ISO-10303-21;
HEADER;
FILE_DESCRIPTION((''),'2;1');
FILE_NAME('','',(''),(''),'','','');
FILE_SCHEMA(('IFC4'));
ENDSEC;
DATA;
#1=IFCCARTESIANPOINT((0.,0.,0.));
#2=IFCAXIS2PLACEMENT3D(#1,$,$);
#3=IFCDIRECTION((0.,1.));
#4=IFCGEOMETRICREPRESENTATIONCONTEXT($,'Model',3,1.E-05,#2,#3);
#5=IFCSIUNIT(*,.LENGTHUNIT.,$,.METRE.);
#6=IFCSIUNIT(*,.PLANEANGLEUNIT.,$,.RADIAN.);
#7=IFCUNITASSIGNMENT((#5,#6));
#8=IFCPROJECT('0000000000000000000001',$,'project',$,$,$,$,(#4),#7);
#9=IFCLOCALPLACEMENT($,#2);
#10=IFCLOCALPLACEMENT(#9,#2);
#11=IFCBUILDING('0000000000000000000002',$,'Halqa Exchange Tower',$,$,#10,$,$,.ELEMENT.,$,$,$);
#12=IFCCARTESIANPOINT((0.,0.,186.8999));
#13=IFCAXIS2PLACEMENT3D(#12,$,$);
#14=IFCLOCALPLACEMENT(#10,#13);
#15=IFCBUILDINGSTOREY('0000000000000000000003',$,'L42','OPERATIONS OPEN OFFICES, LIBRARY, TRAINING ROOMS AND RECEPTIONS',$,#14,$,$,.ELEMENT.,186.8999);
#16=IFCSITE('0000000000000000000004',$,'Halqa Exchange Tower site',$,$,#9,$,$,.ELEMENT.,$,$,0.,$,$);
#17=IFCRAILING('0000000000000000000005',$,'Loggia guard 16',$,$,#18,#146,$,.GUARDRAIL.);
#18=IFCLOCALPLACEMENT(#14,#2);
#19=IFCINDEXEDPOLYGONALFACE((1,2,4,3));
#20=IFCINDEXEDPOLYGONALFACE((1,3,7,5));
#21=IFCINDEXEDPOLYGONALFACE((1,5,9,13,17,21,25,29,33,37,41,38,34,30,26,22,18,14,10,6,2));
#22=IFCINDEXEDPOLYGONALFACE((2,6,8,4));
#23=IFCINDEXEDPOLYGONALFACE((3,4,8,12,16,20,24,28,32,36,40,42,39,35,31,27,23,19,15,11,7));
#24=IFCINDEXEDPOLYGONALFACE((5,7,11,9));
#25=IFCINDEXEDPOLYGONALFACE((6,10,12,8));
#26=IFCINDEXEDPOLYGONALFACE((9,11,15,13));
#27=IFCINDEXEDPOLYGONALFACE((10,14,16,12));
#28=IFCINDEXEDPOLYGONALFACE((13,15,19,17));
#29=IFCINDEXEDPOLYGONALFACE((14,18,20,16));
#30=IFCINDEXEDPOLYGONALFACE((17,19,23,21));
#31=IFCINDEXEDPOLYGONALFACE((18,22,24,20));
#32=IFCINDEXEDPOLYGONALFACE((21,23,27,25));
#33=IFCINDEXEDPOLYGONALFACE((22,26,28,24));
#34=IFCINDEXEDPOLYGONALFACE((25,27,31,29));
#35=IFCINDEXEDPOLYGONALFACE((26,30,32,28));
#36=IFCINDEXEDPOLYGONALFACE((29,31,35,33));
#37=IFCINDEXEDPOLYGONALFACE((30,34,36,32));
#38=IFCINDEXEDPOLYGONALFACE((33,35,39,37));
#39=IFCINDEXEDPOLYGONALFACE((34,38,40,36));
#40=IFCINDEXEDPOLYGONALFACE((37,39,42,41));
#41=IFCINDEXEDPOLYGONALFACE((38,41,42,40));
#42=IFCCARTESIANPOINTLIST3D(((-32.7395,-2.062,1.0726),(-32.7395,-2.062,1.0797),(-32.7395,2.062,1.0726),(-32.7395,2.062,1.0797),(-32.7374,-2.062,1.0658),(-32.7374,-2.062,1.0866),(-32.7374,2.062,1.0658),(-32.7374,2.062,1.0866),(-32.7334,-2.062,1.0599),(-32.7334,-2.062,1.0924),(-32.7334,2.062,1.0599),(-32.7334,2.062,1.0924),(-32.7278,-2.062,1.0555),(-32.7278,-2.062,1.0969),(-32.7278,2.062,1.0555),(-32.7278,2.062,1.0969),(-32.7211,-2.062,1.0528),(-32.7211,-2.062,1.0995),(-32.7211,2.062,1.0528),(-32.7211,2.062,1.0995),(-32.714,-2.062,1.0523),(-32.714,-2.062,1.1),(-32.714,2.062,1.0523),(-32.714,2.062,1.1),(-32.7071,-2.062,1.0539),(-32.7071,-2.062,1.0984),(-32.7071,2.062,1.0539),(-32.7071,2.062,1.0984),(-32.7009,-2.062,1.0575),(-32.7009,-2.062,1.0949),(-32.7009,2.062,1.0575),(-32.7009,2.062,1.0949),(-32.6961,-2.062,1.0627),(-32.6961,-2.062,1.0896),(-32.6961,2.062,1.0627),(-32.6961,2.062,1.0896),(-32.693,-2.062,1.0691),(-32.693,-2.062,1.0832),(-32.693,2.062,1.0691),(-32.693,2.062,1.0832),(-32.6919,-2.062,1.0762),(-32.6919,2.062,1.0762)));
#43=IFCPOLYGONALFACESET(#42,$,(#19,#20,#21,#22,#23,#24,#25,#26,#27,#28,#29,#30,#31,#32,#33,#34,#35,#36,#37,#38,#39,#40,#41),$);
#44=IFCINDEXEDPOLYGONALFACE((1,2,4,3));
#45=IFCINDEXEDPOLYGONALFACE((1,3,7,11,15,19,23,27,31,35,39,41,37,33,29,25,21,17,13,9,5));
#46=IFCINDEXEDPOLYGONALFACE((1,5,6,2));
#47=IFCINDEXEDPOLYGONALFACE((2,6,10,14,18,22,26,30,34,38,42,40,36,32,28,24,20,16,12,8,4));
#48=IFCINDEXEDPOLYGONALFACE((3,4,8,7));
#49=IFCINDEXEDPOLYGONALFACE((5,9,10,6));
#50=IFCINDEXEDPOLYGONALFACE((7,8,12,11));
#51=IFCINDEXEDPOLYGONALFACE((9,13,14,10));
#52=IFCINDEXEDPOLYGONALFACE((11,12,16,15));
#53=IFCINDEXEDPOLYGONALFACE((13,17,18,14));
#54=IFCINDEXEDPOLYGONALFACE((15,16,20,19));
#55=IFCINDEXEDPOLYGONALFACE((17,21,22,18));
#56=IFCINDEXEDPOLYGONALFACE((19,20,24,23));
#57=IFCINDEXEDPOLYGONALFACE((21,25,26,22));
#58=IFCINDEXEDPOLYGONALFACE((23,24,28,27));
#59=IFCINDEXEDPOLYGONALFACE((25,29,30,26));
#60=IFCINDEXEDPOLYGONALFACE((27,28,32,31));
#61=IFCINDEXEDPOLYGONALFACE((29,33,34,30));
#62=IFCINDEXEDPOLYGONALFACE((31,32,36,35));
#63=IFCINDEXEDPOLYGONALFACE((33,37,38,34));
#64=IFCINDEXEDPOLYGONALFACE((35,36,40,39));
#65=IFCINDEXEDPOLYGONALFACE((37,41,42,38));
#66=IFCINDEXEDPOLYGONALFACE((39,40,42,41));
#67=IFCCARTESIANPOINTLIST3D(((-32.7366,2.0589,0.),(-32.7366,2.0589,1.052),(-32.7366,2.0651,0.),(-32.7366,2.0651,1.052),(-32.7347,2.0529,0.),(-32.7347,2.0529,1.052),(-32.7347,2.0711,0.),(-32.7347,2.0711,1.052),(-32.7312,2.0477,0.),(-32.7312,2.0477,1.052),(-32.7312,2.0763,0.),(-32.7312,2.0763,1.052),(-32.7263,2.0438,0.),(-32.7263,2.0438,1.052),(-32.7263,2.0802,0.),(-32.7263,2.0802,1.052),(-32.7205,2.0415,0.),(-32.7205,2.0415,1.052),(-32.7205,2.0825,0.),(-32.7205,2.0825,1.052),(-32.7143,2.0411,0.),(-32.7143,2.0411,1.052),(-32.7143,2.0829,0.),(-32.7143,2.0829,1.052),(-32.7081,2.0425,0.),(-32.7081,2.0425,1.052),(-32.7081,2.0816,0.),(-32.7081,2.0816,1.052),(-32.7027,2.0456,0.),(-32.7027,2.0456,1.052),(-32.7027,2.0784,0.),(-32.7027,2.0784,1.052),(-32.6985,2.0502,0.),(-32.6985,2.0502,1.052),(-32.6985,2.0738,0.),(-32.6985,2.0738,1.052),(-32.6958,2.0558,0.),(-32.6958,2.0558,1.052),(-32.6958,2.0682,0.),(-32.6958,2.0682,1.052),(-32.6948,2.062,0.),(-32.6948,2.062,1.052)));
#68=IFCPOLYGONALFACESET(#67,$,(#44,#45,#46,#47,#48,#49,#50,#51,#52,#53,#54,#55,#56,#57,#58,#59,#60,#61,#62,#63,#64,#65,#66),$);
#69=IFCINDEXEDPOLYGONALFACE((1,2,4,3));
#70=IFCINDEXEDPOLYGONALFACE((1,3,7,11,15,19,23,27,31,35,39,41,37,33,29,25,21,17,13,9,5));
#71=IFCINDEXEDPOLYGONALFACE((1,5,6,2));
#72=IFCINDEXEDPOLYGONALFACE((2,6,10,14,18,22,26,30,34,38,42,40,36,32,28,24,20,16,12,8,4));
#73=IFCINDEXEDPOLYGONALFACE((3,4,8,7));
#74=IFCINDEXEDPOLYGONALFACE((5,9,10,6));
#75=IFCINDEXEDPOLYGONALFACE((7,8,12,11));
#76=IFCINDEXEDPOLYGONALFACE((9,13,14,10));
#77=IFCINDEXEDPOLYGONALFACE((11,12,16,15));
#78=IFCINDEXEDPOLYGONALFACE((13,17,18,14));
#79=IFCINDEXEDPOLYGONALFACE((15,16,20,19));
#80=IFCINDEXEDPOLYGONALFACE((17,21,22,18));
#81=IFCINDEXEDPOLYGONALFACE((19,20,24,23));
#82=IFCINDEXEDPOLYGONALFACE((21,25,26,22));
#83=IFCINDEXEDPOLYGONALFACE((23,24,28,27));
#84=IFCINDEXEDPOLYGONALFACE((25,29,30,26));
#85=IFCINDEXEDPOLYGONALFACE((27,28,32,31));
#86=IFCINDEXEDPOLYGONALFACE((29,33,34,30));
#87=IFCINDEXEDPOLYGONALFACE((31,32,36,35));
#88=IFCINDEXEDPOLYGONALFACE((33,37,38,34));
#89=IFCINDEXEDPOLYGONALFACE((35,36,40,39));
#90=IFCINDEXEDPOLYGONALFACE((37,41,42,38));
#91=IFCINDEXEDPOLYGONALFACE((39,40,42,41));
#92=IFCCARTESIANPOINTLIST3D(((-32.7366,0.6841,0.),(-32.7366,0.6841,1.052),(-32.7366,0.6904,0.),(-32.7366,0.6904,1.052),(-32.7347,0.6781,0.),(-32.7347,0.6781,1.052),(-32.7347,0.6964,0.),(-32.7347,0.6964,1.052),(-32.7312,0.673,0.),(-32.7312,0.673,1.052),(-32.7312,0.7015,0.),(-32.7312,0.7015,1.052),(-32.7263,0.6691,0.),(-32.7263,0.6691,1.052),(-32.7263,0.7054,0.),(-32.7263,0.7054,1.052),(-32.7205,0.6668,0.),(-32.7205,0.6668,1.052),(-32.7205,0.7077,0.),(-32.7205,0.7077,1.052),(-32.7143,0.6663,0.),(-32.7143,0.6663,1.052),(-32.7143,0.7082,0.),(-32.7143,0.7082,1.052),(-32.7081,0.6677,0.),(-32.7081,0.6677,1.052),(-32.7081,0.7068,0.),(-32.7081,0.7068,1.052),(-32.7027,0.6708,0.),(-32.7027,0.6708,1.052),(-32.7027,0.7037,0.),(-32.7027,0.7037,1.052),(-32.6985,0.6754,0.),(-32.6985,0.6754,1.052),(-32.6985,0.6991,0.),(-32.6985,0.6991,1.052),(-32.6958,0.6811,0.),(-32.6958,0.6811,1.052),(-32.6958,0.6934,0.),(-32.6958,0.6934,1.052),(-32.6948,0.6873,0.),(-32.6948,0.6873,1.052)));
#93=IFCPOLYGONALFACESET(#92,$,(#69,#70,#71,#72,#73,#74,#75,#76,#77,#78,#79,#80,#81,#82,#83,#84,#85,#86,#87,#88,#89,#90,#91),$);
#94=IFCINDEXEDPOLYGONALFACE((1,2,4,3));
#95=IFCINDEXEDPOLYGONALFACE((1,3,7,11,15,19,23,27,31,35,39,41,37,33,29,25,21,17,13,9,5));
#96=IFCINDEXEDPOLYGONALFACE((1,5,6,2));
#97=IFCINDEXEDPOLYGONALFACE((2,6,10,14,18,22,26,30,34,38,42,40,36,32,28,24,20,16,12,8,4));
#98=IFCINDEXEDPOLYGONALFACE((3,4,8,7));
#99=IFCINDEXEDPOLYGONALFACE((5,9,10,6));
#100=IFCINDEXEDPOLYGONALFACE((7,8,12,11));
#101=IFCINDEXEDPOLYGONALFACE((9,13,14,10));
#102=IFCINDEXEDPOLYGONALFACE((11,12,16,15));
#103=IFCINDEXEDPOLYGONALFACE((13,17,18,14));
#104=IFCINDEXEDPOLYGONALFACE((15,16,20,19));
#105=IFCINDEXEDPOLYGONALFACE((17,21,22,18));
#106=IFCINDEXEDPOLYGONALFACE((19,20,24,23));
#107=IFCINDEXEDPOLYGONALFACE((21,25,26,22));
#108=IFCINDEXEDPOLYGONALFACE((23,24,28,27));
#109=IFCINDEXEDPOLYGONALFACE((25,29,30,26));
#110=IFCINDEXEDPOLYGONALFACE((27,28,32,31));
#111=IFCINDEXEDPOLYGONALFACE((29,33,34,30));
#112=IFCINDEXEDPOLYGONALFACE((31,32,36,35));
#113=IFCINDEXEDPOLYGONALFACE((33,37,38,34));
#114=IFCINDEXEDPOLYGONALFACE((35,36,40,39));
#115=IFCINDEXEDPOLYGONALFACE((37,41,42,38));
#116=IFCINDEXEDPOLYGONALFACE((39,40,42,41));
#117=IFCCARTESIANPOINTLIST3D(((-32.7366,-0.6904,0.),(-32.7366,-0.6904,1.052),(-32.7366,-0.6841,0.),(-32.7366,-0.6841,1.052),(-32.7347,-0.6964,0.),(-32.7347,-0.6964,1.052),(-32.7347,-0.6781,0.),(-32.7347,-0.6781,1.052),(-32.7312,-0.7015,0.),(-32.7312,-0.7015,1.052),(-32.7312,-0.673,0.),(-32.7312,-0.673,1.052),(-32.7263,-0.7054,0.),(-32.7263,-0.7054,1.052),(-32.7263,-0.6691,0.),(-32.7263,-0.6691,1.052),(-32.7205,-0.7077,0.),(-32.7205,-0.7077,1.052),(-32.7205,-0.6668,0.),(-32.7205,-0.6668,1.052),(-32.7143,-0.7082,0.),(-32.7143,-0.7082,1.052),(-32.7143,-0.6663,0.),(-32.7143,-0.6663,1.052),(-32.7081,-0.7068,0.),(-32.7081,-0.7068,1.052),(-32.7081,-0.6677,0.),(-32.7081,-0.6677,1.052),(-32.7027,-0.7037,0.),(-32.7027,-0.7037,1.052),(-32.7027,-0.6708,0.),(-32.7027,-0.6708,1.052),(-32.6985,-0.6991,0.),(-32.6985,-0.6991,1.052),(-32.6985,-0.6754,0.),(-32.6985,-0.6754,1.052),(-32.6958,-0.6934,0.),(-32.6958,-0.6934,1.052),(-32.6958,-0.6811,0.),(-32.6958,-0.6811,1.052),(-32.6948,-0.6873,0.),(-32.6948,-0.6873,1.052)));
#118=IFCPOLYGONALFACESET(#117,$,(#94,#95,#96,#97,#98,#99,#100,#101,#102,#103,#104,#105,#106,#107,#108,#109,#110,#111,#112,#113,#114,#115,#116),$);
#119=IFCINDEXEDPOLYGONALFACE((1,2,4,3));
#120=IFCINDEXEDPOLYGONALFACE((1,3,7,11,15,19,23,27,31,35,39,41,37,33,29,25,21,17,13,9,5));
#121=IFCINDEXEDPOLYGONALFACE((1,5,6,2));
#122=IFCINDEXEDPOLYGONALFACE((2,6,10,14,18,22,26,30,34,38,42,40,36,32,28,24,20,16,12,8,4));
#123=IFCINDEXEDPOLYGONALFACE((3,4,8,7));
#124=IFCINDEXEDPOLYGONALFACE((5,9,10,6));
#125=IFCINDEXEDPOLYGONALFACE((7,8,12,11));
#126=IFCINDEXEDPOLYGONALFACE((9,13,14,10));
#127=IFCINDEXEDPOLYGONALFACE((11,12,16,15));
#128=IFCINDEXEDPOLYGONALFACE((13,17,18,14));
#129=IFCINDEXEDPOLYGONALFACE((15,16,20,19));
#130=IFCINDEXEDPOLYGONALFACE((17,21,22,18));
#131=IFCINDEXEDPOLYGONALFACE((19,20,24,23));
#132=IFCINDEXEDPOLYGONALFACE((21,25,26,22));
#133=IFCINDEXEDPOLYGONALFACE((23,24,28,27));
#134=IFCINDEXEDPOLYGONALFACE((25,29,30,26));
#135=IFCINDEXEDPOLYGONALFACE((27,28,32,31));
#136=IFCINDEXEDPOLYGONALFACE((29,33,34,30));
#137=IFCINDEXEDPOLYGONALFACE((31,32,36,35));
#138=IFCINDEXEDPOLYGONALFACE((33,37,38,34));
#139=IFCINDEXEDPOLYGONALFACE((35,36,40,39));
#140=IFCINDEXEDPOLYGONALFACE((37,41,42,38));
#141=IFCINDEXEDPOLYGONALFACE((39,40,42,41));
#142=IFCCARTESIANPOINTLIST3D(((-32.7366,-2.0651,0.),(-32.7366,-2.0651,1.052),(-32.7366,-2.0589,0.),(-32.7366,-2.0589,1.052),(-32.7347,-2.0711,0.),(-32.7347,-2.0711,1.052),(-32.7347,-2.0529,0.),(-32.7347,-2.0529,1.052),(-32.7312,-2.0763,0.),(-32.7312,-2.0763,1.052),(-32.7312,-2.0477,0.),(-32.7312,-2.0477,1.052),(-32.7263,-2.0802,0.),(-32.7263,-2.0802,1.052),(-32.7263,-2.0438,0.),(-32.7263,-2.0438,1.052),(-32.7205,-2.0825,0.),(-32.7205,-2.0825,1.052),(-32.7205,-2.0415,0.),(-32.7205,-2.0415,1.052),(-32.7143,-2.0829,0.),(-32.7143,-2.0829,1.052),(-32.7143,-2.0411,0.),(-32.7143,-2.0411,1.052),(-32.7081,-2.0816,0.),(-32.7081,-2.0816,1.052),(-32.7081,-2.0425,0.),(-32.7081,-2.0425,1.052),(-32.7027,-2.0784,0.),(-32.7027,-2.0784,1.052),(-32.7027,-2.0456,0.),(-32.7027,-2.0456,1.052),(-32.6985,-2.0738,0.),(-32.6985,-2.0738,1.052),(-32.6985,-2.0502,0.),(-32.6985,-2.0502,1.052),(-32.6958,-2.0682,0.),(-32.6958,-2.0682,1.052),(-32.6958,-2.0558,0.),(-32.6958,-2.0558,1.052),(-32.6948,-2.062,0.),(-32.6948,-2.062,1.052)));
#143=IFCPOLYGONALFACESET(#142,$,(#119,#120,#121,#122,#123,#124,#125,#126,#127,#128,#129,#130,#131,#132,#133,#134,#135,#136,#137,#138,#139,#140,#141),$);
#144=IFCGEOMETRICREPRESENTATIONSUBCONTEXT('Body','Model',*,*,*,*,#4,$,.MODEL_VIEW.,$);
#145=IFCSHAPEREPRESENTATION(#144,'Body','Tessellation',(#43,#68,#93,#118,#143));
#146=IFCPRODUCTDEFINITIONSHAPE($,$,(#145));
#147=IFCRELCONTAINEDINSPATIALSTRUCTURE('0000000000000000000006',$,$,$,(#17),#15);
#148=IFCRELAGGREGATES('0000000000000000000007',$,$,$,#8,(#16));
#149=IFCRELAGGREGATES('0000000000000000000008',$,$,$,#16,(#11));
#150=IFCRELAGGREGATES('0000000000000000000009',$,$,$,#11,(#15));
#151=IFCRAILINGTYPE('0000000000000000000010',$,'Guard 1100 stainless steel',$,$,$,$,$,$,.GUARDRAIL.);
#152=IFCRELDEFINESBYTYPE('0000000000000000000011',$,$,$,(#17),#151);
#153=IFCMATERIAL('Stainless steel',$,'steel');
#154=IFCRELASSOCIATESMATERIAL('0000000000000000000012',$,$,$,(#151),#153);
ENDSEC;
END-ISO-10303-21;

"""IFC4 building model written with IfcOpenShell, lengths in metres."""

from ifc_helpers import new_model, si_unit, direction, frame, origin, origin_2d, place, context, subcontext, project, spatial, circle, extrude, material, type_object, element, save


model = new_model("IFC4")

# Units and contexts
model_context = context("Model", 3, precision=1e-05, world=origin(), true_north=direction((0.0, 1.0)))
body_context = subcontext(model_context, "Body", "Model", "MODEL_VIEW")
ifc_project = project(units=[si_unit("LENGTHUNIT", "METRE"), si_unit("PLANEANGLEUNIT", "RADIAN")], contexts=[model_context])

# Site, building, storey
site_placement = place(None, origin())
site = spatial("IfcSite", under=ifc_project, at=site_placement, Name="Halqa Exchange Tower site", CompositionType="ELEMENT", RefElevation=0.0)
building_placement = place(site_placement, origin())
building = spatial("IfcBuilding", under=site, at=building_placement, Name="Halqa Exchange Tower", CompositionType="ELEMENT")
storey_placement = place(building_placement, frame((0.0, 0.0, 186.8999)))
storey = spatial("IfcBuildingStorey", under=building, at=storey_placement, Name="L42", Description="OPERATIONS OPEN OFFICES, LIBRARY, TRAINING ROOMS AND RECEPTIONS", CompositionType="ELEMENT", Elevation=186.8999)

# Railing
ifc_material_1 = material(Name="Stainless steel", Category="steel")
railing_type = type_object("IfcRailingType", Name="Guard 1100 stainless steel", PredefinedType="GUARDRAIL", material=ifc_material_1)
railing_1_placement = place(storey_placement, frame((-32.7158, 2.062, 0.0)))
element("IfcRailing", 1, at=railing_1_placement, inside=storey, type_object=railing_type, Name="Loggia guard 16", PredefinedType="GUARDRAIL", context=body_context, shape_type="SweptSolid", body=[
    extrude(circle(Radius=0.0239, at=origin_2d()), frame((0.0, 0.0, 1.0762), z_axis=(0.0, -1.0, 0.0), x_axis=(1.0, 0.0, 0.0)), (0.0, 0.0, 1.0), 4.124),
    extrude(circle(Radius=0.021, at=origin_2d()), origin(), (0.0, 0.0, 1.0), 1.052),
    extrude(circle(Radius=0.021, at=origin_2d()), frame((0.0, -1.3748, 0.0)), (0.0, 0.0, 1.0), 1.052),
    extrude(circle(Radius=0.021, at=origin_2d()), frame((0.0, -2.7493, 0.0)), (0.0, 0.0, 1.0), 1.052),
    extrude(circle(Radius=0.021, at=origin_2d()), frame((0.0, -4.124, 0.0)), (0.0, 0.0, 1.0), 1.052),
])

save(model, "model.ifc")
